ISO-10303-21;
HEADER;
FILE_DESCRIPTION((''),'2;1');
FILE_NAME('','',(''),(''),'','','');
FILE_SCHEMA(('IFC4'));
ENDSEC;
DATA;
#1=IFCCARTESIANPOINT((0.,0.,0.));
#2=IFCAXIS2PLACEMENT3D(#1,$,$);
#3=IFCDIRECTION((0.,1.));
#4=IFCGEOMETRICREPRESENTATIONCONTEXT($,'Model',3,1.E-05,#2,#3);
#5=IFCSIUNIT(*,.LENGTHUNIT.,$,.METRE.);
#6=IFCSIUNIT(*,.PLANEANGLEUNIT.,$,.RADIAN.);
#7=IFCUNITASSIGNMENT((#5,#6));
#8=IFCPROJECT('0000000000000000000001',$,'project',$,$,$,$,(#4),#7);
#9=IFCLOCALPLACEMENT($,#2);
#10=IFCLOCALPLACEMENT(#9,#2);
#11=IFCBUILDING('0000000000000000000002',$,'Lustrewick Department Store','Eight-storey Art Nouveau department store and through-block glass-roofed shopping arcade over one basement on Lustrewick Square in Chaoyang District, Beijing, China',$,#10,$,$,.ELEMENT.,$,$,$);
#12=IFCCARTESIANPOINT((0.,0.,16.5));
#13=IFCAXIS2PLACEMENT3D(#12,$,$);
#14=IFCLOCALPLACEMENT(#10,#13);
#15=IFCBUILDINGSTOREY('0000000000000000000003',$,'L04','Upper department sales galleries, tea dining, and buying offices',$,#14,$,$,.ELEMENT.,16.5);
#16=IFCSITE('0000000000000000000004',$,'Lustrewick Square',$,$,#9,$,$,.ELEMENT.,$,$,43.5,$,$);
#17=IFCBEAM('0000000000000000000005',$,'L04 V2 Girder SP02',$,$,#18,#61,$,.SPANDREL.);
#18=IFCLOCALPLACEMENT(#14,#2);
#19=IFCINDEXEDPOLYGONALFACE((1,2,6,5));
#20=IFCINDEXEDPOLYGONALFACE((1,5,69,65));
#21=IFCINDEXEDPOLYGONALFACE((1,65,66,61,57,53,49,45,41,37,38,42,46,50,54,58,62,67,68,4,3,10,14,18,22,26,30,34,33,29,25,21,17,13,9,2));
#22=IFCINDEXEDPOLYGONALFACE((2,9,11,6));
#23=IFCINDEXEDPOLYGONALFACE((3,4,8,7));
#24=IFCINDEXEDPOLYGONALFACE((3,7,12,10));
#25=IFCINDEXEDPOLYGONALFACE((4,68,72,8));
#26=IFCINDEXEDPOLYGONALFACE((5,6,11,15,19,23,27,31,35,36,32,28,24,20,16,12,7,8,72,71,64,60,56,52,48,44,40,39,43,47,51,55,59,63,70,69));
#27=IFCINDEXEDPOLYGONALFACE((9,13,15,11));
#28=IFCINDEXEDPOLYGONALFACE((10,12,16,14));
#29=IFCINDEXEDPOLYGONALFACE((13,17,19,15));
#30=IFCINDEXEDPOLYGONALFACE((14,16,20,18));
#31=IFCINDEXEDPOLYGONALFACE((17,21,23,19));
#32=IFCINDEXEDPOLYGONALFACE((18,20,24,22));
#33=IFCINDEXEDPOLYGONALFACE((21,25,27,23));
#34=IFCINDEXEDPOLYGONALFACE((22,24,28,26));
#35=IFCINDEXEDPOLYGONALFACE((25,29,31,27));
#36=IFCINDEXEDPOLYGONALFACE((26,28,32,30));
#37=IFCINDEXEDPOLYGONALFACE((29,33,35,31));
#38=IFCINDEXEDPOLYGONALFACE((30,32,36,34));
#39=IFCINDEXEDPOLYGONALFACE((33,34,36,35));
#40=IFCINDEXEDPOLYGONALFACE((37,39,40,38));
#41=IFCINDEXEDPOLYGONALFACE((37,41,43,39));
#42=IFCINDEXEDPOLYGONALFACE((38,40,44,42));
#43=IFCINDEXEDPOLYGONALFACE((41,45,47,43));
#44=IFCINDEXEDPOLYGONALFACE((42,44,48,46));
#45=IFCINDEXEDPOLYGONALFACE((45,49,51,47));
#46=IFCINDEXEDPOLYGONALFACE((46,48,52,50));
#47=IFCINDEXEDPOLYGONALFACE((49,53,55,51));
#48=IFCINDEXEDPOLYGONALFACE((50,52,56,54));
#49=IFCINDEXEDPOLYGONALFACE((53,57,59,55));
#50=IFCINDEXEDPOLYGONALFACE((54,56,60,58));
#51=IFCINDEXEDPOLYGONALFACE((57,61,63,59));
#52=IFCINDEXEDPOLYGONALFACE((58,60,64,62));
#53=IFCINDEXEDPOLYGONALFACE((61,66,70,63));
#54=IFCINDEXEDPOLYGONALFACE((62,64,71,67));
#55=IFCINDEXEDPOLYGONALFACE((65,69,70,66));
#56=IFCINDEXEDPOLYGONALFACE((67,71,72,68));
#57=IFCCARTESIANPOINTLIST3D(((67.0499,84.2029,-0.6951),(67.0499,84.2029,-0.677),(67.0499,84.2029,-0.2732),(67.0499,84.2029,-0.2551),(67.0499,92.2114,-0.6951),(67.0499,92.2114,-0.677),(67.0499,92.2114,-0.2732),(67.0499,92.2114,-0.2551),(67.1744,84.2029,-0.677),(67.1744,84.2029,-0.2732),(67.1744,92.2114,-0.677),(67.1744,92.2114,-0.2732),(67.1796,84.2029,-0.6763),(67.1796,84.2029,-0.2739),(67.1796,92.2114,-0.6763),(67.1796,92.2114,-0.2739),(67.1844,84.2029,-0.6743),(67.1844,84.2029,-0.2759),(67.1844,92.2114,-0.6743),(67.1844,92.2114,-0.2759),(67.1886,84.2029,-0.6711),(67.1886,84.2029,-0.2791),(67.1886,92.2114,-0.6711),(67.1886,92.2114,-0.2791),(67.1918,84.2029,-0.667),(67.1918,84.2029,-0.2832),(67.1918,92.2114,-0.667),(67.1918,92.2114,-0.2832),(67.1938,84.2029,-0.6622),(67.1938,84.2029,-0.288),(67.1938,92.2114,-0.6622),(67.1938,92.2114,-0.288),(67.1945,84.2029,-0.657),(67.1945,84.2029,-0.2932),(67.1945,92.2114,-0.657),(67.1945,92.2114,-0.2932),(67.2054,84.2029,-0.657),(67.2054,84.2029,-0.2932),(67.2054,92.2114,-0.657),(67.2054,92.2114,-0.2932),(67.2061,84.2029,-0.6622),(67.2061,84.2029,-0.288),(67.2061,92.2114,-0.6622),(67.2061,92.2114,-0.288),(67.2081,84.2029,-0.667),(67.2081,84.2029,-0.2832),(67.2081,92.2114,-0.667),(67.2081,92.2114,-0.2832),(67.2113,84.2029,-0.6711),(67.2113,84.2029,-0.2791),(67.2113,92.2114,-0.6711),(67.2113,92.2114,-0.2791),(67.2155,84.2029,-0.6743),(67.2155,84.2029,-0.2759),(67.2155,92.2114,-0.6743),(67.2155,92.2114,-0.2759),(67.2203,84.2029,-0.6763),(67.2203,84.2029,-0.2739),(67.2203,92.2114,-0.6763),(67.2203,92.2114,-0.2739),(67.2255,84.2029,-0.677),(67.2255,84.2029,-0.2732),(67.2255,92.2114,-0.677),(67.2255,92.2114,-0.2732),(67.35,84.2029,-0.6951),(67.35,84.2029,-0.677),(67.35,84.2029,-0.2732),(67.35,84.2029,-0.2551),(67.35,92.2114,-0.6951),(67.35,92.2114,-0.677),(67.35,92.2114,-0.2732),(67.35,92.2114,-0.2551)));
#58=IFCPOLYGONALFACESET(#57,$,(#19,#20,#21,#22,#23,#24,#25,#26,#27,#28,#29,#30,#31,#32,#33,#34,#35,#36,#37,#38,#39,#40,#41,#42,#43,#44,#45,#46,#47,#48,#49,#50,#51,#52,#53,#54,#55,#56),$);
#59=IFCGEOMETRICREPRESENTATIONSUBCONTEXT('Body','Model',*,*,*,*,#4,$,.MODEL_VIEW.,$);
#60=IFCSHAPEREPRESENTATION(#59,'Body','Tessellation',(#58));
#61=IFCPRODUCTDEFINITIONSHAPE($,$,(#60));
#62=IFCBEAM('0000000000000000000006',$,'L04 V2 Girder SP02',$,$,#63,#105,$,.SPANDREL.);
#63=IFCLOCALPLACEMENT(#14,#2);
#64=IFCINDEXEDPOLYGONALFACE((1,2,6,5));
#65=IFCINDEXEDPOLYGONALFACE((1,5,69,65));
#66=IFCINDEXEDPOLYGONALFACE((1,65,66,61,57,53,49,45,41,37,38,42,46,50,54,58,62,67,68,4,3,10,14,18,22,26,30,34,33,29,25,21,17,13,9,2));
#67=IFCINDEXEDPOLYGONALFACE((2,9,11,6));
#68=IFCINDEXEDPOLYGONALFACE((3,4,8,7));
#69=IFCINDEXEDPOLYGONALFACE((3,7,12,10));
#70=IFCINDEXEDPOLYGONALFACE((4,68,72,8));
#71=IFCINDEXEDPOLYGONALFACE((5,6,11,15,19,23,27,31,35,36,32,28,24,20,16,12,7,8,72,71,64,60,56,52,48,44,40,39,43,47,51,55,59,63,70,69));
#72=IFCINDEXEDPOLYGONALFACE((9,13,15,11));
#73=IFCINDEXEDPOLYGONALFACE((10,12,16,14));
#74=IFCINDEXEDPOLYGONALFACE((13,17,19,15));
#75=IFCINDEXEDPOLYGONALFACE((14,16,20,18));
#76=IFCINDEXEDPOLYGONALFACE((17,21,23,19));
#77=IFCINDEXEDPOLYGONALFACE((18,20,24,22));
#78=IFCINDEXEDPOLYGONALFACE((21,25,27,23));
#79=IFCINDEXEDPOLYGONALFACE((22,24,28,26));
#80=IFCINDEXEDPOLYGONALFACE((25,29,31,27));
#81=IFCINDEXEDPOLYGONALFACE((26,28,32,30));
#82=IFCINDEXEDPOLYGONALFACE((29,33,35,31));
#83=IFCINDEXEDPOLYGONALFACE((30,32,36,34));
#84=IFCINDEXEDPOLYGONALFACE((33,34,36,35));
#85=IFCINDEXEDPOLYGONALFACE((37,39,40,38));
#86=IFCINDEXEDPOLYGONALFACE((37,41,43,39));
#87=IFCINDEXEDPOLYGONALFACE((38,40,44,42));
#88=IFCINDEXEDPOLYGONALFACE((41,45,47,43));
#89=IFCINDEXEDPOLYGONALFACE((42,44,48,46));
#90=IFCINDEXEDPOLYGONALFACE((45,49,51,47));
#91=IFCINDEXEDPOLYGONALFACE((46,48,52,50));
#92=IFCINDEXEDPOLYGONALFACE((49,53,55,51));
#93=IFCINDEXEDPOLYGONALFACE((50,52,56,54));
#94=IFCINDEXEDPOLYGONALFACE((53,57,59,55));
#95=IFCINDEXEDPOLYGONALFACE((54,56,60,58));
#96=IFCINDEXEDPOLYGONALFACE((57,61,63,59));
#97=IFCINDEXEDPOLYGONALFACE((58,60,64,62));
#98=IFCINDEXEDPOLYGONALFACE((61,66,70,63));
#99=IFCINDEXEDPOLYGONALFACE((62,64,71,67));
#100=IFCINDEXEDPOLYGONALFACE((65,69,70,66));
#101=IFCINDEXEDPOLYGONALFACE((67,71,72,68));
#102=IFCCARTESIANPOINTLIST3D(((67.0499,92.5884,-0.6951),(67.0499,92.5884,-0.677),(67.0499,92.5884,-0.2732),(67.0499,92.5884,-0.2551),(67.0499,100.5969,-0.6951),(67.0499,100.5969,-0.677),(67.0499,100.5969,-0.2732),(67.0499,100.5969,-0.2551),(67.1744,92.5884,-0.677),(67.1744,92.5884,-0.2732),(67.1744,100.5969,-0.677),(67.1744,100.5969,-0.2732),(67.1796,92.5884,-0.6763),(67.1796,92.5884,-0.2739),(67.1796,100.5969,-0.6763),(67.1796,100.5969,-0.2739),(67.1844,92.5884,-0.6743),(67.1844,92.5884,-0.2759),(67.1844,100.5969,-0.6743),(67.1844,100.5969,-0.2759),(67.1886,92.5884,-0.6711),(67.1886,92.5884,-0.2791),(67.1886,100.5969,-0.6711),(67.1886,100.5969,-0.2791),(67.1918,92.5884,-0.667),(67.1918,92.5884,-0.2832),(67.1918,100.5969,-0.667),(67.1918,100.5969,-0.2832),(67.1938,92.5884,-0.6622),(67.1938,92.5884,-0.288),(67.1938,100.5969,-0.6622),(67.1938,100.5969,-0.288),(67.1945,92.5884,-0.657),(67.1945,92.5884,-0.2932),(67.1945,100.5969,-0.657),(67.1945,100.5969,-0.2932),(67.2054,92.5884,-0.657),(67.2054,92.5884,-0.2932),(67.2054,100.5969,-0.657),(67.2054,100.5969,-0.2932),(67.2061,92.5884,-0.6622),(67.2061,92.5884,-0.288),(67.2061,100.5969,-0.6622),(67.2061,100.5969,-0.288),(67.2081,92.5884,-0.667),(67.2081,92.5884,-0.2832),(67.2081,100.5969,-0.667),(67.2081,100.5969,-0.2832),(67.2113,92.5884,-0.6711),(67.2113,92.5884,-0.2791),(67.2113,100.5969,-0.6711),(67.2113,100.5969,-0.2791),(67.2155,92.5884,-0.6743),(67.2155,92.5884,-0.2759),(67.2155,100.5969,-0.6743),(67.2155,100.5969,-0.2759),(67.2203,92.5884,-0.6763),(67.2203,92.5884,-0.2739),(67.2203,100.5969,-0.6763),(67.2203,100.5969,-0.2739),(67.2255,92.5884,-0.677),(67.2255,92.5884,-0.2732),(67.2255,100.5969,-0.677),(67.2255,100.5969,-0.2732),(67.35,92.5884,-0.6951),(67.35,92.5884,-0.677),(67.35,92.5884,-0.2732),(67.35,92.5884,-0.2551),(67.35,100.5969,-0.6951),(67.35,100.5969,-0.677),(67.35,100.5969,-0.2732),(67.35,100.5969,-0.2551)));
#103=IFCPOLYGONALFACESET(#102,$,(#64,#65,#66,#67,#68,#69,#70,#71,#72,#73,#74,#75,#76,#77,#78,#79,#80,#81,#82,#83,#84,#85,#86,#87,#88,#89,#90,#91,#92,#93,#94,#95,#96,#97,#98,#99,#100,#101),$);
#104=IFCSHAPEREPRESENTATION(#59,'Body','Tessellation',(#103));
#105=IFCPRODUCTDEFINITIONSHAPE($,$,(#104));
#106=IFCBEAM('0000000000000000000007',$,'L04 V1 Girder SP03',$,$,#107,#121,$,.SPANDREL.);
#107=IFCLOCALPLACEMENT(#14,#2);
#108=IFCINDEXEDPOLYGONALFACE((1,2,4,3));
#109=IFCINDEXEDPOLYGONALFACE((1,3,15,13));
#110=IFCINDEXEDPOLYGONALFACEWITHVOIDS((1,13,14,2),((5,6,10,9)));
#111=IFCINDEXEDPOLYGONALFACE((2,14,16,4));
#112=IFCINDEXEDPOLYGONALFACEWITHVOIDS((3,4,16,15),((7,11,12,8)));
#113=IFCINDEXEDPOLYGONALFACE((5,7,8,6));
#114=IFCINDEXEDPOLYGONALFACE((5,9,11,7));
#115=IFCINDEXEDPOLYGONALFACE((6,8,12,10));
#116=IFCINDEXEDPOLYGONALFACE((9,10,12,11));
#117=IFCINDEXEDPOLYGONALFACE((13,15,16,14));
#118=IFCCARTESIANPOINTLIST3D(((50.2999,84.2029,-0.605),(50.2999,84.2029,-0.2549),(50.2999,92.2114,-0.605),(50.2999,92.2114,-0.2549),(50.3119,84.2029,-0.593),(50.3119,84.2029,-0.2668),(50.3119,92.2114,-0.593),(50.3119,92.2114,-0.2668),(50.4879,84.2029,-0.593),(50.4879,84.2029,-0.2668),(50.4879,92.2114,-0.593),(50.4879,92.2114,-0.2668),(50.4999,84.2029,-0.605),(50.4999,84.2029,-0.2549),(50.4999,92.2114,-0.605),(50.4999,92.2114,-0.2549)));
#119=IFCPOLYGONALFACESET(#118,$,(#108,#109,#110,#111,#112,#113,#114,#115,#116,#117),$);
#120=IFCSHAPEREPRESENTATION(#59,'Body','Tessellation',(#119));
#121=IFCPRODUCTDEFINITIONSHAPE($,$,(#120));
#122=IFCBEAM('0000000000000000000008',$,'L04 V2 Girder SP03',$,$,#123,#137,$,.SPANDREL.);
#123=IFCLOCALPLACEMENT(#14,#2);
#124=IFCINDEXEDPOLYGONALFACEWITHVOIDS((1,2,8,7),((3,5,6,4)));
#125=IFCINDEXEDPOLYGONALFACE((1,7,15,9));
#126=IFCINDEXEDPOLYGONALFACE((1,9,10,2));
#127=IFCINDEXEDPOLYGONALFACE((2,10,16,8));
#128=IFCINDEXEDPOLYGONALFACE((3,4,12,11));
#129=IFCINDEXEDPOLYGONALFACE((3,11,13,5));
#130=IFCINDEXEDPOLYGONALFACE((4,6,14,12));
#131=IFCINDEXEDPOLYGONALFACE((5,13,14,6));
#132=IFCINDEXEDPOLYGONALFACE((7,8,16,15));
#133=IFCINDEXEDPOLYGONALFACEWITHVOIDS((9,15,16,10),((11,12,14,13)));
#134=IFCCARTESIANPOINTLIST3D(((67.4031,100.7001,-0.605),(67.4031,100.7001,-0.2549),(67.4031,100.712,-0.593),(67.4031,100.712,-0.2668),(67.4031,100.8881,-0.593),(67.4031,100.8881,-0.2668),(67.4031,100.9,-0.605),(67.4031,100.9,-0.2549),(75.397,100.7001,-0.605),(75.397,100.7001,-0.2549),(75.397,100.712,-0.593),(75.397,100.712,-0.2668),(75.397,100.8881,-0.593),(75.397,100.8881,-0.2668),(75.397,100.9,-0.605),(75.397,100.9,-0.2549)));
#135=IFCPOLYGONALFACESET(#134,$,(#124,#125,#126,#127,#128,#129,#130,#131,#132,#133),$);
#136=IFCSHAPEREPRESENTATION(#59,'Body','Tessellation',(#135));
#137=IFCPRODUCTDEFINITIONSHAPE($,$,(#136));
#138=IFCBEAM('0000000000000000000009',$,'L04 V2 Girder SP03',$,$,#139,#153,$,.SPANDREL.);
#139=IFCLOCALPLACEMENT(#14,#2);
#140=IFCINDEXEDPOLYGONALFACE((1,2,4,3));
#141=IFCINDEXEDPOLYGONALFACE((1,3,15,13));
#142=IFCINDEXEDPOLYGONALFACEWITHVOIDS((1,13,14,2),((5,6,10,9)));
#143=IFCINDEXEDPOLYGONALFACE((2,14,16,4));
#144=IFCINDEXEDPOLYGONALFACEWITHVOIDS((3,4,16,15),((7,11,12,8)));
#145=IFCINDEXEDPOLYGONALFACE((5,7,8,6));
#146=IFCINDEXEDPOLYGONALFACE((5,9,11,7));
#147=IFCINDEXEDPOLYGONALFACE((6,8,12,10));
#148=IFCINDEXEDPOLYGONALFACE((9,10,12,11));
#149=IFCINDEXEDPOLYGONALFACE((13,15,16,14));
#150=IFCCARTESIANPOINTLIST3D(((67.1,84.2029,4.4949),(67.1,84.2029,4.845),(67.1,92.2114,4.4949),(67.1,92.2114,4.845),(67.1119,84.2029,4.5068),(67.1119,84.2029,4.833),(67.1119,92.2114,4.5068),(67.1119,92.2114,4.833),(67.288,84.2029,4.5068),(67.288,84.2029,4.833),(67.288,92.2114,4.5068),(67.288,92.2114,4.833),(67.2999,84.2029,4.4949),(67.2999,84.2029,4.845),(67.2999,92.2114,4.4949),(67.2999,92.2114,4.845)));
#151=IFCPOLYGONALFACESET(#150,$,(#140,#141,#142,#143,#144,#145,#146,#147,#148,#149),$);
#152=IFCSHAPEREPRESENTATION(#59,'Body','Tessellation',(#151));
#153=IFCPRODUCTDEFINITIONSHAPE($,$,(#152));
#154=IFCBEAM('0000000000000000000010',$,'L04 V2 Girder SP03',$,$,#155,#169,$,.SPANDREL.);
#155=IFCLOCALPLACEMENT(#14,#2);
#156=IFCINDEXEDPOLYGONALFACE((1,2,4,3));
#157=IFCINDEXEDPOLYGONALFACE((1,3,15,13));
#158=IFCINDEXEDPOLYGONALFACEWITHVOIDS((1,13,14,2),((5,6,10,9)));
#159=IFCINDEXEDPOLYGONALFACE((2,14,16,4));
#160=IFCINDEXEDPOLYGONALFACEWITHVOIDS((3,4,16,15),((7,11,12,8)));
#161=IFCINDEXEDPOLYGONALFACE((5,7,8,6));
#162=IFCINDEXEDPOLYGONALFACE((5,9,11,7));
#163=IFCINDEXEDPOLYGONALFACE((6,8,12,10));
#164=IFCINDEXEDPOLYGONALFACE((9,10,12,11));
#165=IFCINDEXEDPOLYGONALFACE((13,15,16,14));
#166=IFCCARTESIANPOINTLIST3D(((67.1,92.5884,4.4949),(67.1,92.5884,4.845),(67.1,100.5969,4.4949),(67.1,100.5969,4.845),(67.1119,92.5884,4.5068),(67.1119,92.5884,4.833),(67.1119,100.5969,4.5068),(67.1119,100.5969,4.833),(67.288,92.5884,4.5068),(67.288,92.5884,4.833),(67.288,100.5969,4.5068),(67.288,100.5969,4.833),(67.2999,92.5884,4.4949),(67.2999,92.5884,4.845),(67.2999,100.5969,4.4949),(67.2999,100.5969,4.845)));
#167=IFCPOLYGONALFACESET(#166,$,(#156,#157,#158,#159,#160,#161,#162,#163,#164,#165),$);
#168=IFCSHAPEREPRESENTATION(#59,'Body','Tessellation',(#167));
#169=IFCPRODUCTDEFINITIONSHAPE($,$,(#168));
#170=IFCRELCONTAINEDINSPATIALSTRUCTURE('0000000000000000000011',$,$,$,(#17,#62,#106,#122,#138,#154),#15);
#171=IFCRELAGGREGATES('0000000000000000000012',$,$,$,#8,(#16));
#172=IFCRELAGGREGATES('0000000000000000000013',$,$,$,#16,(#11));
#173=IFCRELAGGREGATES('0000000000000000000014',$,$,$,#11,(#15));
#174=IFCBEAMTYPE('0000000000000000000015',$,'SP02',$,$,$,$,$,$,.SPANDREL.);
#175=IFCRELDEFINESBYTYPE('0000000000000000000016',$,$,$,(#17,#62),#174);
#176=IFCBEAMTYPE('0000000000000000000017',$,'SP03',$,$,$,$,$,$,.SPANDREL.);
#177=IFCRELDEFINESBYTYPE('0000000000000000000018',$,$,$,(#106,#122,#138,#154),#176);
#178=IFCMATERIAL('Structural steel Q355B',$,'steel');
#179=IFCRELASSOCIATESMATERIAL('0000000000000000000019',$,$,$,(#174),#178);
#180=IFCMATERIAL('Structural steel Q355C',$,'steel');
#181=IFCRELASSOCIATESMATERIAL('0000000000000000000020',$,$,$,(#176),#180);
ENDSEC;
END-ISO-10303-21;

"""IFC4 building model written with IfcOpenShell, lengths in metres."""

from ifc_helpers import new_model, si_unit, direction, frame, origin, origin_2d, place, context, subcontext, project, spatial, hollow_rectangle, i_section, extrude, material, material_profile, profile_set, type_object, element, save


model = new_model("IFC4")

# Units and contexts
model_context = context("Model", 3, precision=1e-05, world=origin(), true_north=direction((0.0, 1.0)))
body_context = subcontext(model_context, "Body", "Model", "MODEL_VIEW")
ifc_project = project(units=[si_unit("LENGTHUNIT", "METRE"), si_unit("PLANEANGLEUNIT", "RADIAN")], contexts=[model_context])

# Site, building, storey
site_placement = place(None, origin())
site = spatial("IfcSite", under=ifc_project, at=site_placement, Name="Lustrewick Square", CompositionType="ELEMENT", RefElevation=43.5)
building_placement = place(site_placement, origin())
building = spatial("IfcBuilding", under=site, at=building_placement, Name="Lustrewick Department Store", Description="Eight-storey Art Nouveau department store and through-block glass-roofed shopping arcade over one basement on Lustrewick Square in Chaoyang District, Beijing, China", CompositionType="ELEMENT")
storey_placement = place(building_placement, frame((0.0, 0.0, 16.5)))
storey = spatial("IfcBuildingStorey", under=building, at=storey_placement, Name="L04", Description="Upper department sales galleries, tea dining, and buying offices", CompositionType="ELEMENT", Elevation=16.5)

# Shared definitions
ifc_material_1 = material(Name="Structural steel Q355C", Category="steel")
ifc_material_2 = material(Name="Structural steel Q355B", Category="steel")

# Beams
ifc_material_profile_1 = material_profile(ifc_material_2, i_section(OverallWidth=0.3, OverallDepth=0.4399, WebThickness=0.011, FlangeThickness=0.0181, FilletRadius=0.02, at=origin_2d()), Name="HM 440x300x11x18")
ifc_profile_set_1 = profile_set([ifc_material_profile_1], Name="Structural steel Q355B")
beam_type_1 = type_object("IfcBeamType", Name="SP02", PredefinedType="SPANDREL", material=ifc_profile_set_1)
for number, where, z_axis, x_axis, name in (
    (1, (67.2, 84.2029, -0.4751), (0.0, 1.0, 0.0), (-1.0, 0.0, 0.0), "L04 V2 Girder SP02"),
    (2, (67.2, 92.5884, -0.4751), (0.0, 1.0, 0.0), (-1.0, 0.0, 0.0), "L04 V2 Girder SP02"),
):
    element("IfcBeam", number, at=place(storey_placement, frame(where, z_axis=z_axis, x_axis=x_axis)), inside=storey, type_object=beam_type_1, Name=name, PredefinedType="SPANDREL", context=body_context, shape_type="SweptSolid", body=[
        extrude(i_section(OverallWidth=0.3, OverallDepth=0.4399, WebThickness=0.011, FlangeThickness=0.0181, FilletRadius=0.02, at=origin_2d()), origin(), (0.0, 0.0, 1.0), 8.0085),
    ])
ifc_material_profile_2 = material_profile(ifc_material_1, hollow_rectangle(XDim=0.2, YDim=0.3501, WallThickness=0.012, at=origin_2d()), Name="RHS 350x200x12")
ifc_profile_set_2 = profile_set([ifc_material_profile_2], Name="Structural steel Q355C")
beam_type_2 = type_object("IfcBeamType", Name="SP03", PredefinedType="SPANDREL", material=ifc_profile_set_2)
beam_1_placement = place(storey_placement, frame((50.3999, 84.2029, -0.4299), z_axis=(0.0, 1.0, 0.0), x_axis=(-1.0, 0.0, 0.0)))
element("IfcBeam", 3, at=beam_1_placement, inside=storey, type_object=beam_type_2, Name="L04 V1 Girder SP03", PredefinedType="SPANDREL", context=body_context, shape_type="SweptSolid", body=[
    extrude(hollow_rectangle(XDim=0.2, YDim=0.3501, WallThickness=0.012, at=origin_2d()), origin(), (0.0, 0.0, 1.0), 8.0085),
])
beam_2_placement = place(storey_placement, frame((67.4031, 100.8, -0.4299), z_axis=(1.0, 0.0, 0.0), x_axis=(0.0, 1.0, 0.0)))
element("IfcBeam", 4, at=beam_2_placement, inside=storey, type_object=beam_type_2, Name="L04 V2 Girder SP03", PredefinedType="SPANDREL", context=body_context, shape_type="SweptSolid", body=[
    extrude(hollow_rectangle(XDim=0.2, YDim=0.3501, WallThickness=0.012, at=origin_2d()), origin(), (0.0, 0.0, 1.0), 7.9939),
])
for number, where, z_axis, x_axis, name in (
    (5, (67.2, 84.2029, 4.6699), (0.0, 1.0, 0.0), (-1.0, 0.0, 0.0), "L04 V2 Girder SP03"),
    (6, (67.2, 92.5884, 4.6699), (0.0, 1.0, 0.0), (-1.0, 0.0, 0.0), "L04 V2 Girder SP03"),
):
    element("IfcBeam", number, at=place(storey_placement, frame(where, z_axis=z_axis, x_axis=x_axis)), inside=storey, type_object=beam_type_2, Name=name, PredefinedType="SPANDREL", context=body_context, shape_type="SweptSolid", body=[
        extrude(hollow_rectangle(XDim=0.2, YDim=0.3501, WallThickness=0.012, at=origin_2d()), origin(), (0.0, 0.0, 1.0), 8.0085),
    ])

save(model, "model.ifc")
